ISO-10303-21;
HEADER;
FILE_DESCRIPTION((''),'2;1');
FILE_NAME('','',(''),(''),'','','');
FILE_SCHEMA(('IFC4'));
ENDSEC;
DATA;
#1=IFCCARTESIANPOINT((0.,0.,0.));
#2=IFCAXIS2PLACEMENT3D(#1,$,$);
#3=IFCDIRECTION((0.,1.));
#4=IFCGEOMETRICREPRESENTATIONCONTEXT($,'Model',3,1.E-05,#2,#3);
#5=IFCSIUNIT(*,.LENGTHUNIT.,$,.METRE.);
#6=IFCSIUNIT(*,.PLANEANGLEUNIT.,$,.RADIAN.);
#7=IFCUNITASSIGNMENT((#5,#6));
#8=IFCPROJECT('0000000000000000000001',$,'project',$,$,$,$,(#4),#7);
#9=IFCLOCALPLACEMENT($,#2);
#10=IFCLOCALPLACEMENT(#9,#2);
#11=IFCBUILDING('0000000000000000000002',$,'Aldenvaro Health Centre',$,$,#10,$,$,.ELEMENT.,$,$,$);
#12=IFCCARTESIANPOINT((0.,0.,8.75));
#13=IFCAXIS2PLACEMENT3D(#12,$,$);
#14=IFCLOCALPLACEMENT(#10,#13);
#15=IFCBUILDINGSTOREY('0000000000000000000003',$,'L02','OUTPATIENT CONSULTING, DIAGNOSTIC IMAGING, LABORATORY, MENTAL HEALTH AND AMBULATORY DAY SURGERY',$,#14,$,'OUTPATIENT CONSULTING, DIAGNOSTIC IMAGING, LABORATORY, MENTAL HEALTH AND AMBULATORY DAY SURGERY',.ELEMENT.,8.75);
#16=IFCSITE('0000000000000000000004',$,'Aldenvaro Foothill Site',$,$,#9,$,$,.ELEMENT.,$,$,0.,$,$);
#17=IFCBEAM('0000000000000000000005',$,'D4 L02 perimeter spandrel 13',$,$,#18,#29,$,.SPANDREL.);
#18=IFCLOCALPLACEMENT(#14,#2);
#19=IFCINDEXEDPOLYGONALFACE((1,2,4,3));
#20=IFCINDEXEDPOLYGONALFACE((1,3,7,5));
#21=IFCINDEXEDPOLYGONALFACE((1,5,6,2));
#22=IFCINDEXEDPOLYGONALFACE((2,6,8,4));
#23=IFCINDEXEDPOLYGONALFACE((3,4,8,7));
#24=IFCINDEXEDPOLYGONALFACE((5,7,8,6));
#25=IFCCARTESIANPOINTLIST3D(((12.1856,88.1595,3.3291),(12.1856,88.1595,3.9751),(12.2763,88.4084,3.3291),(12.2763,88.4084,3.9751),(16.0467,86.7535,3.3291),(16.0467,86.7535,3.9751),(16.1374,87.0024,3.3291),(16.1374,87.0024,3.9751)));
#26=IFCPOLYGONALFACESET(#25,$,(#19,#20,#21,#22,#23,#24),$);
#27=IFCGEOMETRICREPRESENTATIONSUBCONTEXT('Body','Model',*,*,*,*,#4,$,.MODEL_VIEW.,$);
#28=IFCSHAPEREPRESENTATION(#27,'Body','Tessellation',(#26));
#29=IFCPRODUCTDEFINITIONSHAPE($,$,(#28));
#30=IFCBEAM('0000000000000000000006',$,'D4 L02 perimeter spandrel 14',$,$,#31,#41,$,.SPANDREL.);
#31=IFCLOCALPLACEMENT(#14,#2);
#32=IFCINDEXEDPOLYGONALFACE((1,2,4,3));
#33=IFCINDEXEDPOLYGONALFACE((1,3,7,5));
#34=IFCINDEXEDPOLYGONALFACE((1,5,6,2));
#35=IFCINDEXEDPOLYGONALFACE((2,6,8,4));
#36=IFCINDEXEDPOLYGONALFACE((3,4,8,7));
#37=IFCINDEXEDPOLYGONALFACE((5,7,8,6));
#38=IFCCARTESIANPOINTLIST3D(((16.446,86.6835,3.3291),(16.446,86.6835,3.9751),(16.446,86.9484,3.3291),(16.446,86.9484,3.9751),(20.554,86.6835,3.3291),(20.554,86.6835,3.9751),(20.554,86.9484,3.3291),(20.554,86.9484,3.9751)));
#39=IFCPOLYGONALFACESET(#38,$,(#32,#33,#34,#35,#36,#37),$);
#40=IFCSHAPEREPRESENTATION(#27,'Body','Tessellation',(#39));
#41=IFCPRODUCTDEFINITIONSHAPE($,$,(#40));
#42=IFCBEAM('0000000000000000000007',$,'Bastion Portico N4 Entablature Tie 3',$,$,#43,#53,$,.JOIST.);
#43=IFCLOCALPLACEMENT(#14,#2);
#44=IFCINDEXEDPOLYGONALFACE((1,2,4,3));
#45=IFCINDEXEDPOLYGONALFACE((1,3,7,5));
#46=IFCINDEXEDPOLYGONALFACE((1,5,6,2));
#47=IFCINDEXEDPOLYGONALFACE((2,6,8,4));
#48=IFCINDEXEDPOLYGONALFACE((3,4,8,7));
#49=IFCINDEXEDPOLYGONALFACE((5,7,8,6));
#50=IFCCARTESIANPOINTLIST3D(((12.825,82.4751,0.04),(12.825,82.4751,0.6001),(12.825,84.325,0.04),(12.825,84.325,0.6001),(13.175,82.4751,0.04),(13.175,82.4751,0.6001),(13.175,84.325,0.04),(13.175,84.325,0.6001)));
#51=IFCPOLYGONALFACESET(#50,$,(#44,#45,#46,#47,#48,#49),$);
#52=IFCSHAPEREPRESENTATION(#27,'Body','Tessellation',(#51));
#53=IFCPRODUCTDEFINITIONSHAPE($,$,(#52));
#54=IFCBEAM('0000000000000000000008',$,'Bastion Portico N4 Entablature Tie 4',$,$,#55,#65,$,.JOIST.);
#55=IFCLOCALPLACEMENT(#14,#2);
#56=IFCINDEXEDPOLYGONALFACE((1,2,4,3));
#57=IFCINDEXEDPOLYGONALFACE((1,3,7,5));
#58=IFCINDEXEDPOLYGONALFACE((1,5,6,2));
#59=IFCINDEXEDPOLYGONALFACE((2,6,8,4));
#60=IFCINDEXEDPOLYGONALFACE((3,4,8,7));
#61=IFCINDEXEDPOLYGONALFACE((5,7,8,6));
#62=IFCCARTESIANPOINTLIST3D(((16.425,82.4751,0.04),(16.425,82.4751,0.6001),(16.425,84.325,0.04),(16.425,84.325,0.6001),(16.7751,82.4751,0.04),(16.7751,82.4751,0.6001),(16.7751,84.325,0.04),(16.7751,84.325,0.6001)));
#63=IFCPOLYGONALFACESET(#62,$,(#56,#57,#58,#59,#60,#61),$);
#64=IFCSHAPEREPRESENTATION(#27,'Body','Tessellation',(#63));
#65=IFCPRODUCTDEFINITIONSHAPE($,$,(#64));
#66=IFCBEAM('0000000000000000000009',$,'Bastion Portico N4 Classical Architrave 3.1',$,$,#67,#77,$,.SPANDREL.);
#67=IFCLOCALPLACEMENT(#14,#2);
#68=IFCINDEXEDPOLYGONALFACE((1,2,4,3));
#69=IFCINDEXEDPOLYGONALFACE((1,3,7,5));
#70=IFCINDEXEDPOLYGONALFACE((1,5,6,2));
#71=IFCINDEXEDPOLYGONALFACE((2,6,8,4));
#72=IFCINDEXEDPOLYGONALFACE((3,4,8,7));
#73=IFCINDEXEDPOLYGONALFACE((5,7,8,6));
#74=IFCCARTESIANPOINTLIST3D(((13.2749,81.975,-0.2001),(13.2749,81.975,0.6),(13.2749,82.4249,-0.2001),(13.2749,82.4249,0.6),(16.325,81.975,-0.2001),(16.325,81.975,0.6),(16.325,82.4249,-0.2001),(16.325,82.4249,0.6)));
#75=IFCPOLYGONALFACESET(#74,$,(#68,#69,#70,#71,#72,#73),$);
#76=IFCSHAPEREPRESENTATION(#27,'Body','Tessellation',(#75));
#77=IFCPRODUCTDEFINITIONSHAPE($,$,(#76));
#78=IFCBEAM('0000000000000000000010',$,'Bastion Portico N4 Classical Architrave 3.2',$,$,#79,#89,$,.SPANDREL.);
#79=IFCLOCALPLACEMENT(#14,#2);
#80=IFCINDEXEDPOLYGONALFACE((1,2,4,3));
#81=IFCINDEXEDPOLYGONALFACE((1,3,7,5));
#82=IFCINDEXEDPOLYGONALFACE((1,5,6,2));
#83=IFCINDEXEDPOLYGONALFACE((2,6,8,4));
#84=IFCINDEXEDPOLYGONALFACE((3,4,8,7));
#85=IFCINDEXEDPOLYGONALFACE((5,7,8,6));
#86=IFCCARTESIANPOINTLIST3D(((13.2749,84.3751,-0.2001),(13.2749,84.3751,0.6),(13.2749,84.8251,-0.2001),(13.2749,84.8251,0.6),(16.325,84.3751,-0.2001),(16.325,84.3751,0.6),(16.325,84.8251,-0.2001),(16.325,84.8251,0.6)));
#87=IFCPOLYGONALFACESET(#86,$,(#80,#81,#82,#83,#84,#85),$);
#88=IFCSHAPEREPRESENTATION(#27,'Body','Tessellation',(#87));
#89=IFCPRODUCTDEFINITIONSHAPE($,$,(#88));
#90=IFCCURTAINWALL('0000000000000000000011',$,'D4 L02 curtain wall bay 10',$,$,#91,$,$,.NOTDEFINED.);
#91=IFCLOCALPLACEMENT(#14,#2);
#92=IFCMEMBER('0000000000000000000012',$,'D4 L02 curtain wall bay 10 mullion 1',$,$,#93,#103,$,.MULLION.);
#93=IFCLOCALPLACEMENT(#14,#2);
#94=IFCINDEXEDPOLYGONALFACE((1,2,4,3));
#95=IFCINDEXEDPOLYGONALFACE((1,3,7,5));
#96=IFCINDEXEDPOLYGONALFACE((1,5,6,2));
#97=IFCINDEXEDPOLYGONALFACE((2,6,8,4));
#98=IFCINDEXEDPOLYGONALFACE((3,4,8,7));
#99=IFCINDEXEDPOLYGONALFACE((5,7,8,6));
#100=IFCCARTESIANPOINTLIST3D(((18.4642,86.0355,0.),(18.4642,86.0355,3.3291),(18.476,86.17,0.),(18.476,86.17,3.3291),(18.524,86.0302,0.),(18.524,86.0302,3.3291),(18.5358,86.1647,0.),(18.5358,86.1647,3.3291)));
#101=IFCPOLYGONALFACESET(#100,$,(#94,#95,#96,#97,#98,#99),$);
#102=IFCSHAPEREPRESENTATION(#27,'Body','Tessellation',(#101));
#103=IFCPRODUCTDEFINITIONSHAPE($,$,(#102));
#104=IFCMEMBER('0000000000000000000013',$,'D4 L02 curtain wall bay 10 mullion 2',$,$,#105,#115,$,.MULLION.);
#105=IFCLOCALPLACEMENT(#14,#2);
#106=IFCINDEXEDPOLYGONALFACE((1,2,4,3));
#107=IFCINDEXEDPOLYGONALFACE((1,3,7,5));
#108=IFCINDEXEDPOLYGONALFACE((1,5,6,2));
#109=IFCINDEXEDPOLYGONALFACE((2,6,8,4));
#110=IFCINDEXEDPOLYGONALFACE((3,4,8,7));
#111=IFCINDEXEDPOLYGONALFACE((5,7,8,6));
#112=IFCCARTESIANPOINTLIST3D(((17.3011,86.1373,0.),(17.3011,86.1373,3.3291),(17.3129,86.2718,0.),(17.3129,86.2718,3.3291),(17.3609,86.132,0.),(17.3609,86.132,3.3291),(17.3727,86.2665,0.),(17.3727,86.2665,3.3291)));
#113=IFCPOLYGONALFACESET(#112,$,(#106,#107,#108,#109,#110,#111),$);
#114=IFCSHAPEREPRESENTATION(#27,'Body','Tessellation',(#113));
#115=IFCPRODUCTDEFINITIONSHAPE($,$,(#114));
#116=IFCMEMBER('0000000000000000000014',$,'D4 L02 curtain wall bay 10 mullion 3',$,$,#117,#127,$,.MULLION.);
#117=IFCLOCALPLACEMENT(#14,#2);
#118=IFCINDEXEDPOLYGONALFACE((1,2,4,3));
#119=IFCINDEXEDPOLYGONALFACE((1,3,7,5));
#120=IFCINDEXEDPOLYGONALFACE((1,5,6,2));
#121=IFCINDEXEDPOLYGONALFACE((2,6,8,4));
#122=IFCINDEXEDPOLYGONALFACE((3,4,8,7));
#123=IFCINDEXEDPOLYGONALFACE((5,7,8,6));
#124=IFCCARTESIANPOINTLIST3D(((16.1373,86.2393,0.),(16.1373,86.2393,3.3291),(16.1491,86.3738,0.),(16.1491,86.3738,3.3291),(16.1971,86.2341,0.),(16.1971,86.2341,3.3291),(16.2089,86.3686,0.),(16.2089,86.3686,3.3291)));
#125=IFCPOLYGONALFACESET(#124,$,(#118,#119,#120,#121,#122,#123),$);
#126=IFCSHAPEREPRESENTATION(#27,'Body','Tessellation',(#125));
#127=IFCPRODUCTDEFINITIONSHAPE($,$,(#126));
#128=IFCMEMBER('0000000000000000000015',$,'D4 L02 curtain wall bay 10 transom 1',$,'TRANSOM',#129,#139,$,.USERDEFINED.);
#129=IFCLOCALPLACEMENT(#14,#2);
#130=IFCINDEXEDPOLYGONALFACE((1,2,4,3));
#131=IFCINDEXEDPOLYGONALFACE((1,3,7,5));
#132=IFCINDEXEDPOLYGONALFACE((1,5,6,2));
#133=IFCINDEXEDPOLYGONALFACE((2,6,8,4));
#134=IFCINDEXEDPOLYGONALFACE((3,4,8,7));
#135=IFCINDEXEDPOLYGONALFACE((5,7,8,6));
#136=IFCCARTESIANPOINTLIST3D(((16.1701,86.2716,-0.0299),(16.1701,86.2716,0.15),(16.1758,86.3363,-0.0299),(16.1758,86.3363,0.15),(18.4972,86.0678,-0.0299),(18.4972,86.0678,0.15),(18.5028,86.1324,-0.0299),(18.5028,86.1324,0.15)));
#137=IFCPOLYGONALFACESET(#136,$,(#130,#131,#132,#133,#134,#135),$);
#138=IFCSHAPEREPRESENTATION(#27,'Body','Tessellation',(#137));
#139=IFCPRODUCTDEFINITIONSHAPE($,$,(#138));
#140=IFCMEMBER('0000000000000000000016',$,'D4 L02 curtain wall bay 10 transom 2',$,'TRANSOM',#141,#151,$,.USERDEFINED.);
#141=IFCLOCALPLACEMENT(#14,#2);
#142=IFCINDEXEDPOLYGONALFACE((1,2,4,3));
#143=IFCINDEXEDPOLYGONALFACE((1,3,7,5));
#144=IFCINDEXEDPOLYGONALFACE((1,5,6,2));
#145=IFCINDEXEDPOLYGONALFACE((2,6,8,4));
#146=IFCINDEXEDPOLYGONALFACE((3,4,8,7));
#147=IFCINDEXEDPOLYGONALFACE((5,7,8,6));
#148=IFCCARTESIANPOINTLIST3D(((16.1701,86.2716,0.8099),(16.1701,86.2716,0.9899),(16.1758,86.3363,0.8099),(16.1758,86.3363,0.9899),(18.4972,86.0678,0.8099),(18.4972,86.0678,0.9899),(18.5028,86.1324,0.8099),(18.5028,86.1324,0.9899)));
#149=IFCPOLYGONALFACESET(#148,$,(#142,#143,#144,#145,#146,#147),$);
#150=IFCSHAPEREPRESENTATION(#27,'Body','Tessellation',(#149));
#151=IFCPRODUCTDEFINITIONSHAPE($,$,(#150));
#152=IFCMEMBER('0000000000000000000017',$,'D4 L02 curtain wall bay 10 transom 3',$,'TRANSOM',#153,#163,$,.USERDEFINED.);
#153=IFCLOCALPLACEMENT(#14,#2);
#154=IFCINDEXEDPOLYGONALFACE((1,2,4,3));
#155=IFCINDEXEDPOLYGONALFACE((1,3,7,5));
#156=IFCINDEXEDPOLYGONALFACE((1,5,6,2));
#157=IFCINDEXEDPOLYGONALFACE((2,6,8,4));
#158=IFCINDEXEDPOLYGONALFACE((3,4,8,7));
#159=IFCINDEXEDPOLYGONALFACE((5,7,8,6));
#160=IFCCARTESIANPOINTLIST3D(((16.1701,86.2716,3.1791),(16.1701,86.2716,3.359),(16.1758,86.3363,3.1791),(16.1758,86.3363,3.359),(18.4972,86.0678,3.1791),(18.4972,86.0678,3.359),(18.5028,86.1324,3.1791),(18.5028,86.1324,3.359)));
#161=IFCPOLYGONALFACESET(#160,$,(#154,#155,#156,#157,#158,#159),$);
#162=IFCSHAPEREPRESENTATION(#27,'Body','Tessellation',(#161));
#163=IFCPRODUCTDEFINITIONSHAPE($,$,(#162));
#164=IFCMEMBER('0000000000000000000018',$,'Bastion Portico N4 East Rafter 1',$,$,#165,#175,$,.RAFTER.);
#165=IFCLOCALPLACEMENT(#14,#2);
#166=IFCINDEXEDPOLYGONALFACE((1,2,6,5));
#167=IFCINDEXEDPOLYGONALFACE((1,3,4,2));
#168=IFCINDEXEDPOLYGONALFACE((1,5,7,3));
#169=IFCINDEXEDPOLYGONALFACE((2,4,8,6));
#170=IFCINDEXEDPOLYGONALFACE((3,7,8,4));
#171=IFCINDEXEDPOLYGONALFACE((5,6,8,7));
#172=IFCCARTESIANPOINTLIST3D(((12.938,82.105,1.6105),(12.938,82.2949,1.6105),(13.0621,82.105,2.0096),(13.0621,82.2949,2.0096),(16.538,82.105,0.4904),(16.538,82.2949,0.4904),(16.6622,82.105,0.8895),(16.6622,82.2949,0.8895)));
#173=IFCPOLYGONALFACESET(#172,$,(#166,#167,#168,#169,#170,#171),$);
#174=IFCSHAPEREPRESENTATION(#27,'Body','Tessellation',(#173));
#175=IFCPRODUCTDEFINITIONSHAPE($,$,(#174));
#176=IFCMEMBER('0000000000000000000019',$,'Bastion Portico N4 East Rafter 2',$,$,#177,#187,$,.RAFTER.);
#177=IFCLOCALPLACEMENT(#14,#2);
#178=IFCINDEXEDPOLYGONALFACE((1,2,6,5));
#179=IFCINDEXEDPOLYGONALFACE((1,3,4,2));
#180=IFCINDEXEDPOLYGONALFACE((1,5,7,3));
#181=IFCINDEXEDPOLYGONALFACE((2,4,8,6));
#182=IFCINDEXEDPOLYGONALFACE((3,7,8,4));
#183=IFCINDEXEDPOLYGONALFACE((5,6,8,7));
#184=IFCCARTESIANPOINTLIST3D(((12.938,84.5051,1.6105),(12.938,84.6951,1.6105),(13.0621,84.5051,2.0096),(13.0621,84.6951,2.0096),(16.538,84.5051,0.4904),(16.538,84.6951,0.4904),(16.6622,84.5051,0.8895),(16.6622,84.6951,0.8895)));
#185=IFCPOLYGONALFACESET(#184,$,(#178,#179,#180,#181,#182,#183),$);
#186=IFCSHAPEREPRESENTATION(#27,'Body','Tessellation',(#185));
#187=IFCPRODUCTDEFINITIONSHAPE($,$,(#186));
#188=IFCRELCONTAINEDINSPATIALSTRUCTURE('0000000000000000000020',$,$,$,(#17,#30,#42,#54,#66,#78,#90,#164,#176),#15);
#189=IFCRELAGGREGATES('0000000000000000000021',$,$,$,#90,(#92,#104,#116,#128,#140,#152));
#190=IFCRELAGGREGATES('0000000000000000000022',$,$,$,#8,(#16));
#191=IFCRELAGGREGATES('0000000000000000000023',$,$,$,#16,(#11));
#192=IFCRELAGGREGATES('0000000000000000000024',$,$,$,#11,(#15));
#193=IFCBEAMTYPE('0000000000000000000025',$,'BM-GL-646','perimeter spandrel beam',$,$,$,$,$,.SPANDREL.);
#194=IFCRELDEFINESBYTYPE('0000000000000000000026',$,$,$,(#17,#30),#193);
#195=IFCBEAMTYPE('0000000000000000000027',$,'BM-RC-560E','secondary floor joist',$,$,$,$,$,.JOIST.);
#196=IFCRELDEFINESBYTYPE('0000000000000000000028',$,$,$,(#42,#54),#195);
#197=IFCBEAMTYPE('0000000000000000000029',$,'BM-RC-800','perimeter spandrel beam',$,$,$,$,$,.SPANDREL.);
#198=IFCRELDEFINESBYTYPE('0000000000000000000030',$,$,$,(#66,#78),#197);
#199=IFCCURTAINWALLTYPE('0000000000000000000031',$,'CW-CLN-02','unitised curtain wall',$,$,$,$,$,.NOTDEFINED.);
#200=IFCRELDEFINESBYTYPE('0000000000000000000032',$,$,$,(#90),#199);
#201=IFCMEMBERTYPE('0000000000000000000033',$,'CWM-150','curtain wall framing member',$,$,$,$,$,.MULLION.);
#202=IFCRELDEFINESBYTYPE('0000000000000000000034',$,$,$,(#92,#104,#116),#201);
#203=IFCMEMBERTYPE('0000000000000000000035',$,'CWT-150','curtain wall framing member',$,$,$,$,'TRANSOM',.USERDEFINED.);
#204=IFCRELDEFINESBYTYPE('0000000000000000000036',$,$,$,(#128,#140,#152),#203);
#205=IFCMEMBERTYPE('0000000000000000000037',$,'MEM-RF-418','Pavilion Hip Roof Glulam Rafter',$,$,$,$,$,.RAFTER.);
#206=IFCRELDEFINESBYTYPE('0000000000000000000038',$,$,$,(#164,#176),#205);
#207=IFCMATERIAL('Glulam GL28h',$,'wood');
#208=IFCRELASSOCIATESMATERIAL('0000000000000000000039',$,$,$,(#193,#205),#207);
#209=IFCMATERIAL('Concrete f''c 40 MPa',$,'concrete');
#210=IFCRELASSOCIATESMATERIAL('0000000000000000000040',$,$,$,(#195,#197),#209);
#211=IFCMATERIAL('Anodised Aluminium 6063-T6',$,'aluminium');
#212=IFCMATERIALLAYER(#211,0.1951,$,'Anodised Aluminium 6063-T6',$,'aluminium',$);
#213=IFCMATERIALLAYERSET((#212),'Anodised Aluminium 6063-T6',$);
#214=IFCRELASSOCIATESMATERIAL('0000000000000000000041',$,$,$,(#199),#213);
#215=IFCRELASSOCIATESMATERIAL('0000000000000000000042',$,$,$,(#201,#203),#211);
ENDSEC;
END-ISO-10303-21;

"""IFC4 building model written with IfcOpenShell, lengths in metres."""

from ifc_helpers import new_model, si_unit, direction, frame, origin, origin_2d, place, context, subcontext, project, spatial, rectangle, extrude, material, layer, layer_set, material_profile, profile_set, type_object, element, aggregate, save


model = new_model("IFC4")

# Units and contexts
model_context = context("Model", 3, precision=1e-05, world=origin(), true_north=direction((0.0, 1.0)))
body_context = subcontext(model_context, "Body", "Model", "MODEL_VIEW")
ifc_project = project(units=[si_unit("LENGTHUNIT", "METRE"), si_unit("PLANEANGLEUNIT", "RADIAN")], contexts=[model_context])

# Site, building, storey
site_placement = place(None, origin())
site = spatial("IfcSite", under=ifc_project, at=site_placement, Name="Aldenvaro Foothill Site", CompositionType="ELEMENT", RefElevation=0.0)
building_placement = place(site_placement, origin())
building = spatial("IfcBuilding", under=site, at=building_placement, Name="Aldenvaro Health Centre", CompositionType="ELEMENT")
storey_placement = place(building_placement, frame((0.0, 0.0, 8.75)))
storey = spatial("IfcBuildingStorey", under=building, at=storey_placement, Name="L02", Description="OUTPATIENT CONSULTING, DIAGNOSTIC IMAGING, LABORATORY, MENTAL HEALTH AND AMBULATORY DAY SURGERY", LongName="OUTPATIENT CONSULTING, DIAGNOSTIC IMAGING, LABORATORY, MENTAL HEALTH AND AMBULATORY DAY SURGERY", CompositionType="ELEMENT", Elevation=8.75)

# Shared definitions
ifc_material_1 = material(Name="Glulam GL28h", Category="wood")
ifc_material_2 = material(Name="Concrete f'c 40 MPa", Category="concrete")

# Beams
ifc_material_profile_1 = material_profile(ifc_material_1, rectangle(XDim=0.2649, YDim=0.646, at=origin_2d()), Name="GL 265x646", Category="wood")
ifc_profile_set_1 = profile_set([ifc_material_profile_1], Name="Glulam GL28h")
beam_type_1 = type_object("IfcBeamType", Name="BM-GL-646", Description="perimeter spandrel beam", PredefinedType="SPANDREL", material=ifc_profile_set_1)
beam_1_placement = place(storey_placement, frame((12.231, 88.2839, 3.6521), z_axis=(0.939639, -0.342168, 0.0), x_axis=(0.342168, 0.939639, 0.0)))
element("IfcBeam", 1, at=beam_1_placement, inside=storey, type_object=beam_type_1, Name="D4 L02 perimeter spandrel 13", PredefinedType="SPANDREL", context=body_context, shape_type="SweptSolid", body=[
    extrude(rectangle(XDim=0.2649, YDim=0.646, at=origin_2d()), origin(), (0.0, 0.0, 1.0), 4.1091),
])
beam_2_placement = place(storey_placement, frame((16.446, 86.8159, 3.6521), z_axis=(1.0, 0.0, 0.0), x_axis=(0.0, 1.0, 0.0)))
element("IfcBeam", 2, at=beam_2_placement, inside=storey, type_object=beam_type_1, Name="D4 L02 perimeter spandrel 14", PredefinedType="SPANDREL", context=body_context, shape_type="SweptSolid", body=[
    extrude(rectangle(XDim=0.2649, YDim=0.646, at=origin_2d()), origin(), (0.0, 0.0, 1.0), 4.1079),
])
ifc_material_profile_2 = material_profile(ifc_material_2, rectangle(XDim=0.3501, YDim=0.5601, at=origin_2d()), Name="RC 350x560", Category="concrete")
ifc_profile_set_2 = profile_set([ifc_material_profile_2], Name="Concrete f'c 40 MPa")
beam_type_2 = type_object("IfcBeamType", Name="BM-RC-560E", Description="secondary floor joist", PredefinedType="JOIST", material=ifc_profile_set_2)
for number, where, z_axis, x_axis, name in (
    (3, (13.0, 82.4751, 0.3201), (0.0, 1.0, 0.0), (-1.0, 0.0, 0.0), "Bastion Portico N4 Entablature Tie 3"),
    (4, (16.6001, 82.4751, 0.3201), (0.0, 1.0, 0.0), (-1.0, 0.0, 0.0), "Bastion Portico N4 Entablature Tie 4"),
):
    element("IfcBeam", number, at=place(storey_placement, frame(where, z_axis=z_axis, x_axis=x_axis)), inside=storey, type_object=beam_type_2, Name=name, PredefinedType="JOIST", context=body_context, shape_type="SweptSolid", body=[
        extrude(rectangle(XDim=0.3501, YDim=0.5601, at=origin_2d()), origin(), (0.0, 0.0, 1.0), 1.8499),
    ])
ifc_material_profile_3 = material_profile(ifc_material_2, rectangle(XDim=0.45, YDim=0.8, at=origin_2d()), Name="RC 450x800", Category="concrete")
ifc_profile_set_3 = profile_set([ifc_material_profile_3], Name="Concrete f'c 40 MPa")
beam_type_3 = type_object("IfcBeamType", Name="BM-RC-800", Description="perimeter spandrel beam", PredefinedType="SPANDREL", material=ifc_profile_set_3)
for number, where, z_axis, x_axis, name in (
    (5, (13.2749, 82.2, 0.2), (1.0, 0.0, 0.0), (0.0, 1.0, 0.0), "Bastion Portico N4 Classical Architrave 3.1"),
    (6, (13.2749, 84.6001, 0.2), (1.0, 0.0, 0.0), (0.0, 1.0, 0.0), "Bastion Portico N4 Classical Architrave 3.2"),
):
    element("IfcBeam", number, at=place(storey_placement, frame(where, z_axis=z_axis, x_axis=x_axis)), inside=storey, type_object=beam_type_3, Name=name, PredefinedType="SPANDREL", context=body_context, shape_type="SweptSolid", body=[
        extrude(rectangle(XDim=0.45, YDim=0.8, at=origin_2d()), origin(), (0.0, 0.0, 1.0), 3.05),
    ])

# Curtain wall, members
ifc_material_3 = material(Name="Anodised Aluminium 6063-T6", Category="aluminium")
ifc_layer_1 = layer(ifc_material_3, 0.1951, Name="Anodised Aluminium 6063-T6", Category="aluminium")
ifc_layer_set_1 = layer_set([ifc_layer_1], Name="Anodised Aluminium 6063-T6")
curtain_wall_type = type_object("IfcCurtainWallType", Name="CW-CLN-02", Description="unitised curtain wall", PredefinedType="NOTDEFINED", material=ifc_layer_set_1)
curtain_wall_placement = place(storey_placement, origin())
curtain_wall = element("IfcCurtainWall", 7, at=curtain_wall_placement, inside=storey, type_object=curtain_wall_type, Name="D4 L02 curtain wall bay 10", PredefinedType="NOTDEFINED")
ifc_material_profile_4 = material_profile(ifc_material_3, rectangle(XDim=0.0601, YDim=0.135, at=origin_2d()), Name="ALU 60x135", Category="aluminium")
ifc_profile_set_4 = profile_set([ifc_material_profile_4], Name="Anodised Aluminium 6063-T6")
member_type_1 = type_object("IfcMemberType", Name="CWM-150", Description="curtain wall framing member", PredefinedType="MULLION", material=ifc_profile_set_4)
member_1_placement = place(storey_placement, frame((18.5, 86.1001, 0.0), z_axis=(0.0, 0.0, 1.0), x_axis=(-0.996179, 0.087332, 0.0)))
member_1 = element("IfcMember", 8, at=member_1_placement, type_object=member_type_1, Name="D4 L02 curtain wall bay 10 mullion 1", PredefinedType="MULLION", context=body_context, shape_type="SweptSolid", body=[
    extrude(rectangle(XDim=0.0601, YDim=0.135, at=origin_2d()), origin(), (0.0, 0.0, 1.0), 3.3291),
])
member_2_placement = place(storey_placement, frame((17.3369, 86.2019, 0.0), z_axis=(0.0, 0.0, 1.0), x_axis=(-0.996179, 0.087332, 0.0)))
member_2 = element("IfcMember", 9, at=member_2_placement, type_object=member_type_1, Name="D4 L02 curtain wall bay 10 mullion 2", PredefinedType="MULLION", context=body_context, shape_type="SweptSolid", body=[
    extrude(rectangle(XDim=0.0601, YDim=0.135, at=origin_2d()), origin(), (0.0, 0.0, 1.0), 3.3291),
])
member_3_placement = place(storey_placement, frame((16.1731, 86.304, 0.0), z_axis=(0.0, 0.0, 1.0), x_axis=(-0.996179, 0.087332, 0.0)))
member_3 = element("IfcMember", 10, at=member_3_placement, type_object=member_type_1, Name="D4 L02 curtain wall bay 10 mullion 3", PredefinedType="MULLION", context=body_context, shape_type="SweptSolid", body=[
    extrude(rectangle(XDim=0.0601, YDim=0.135, at=origin_2d()), origin(), (0.0, 0.0, 1.0), 3.3291),
])
ifc_material_profile_5 = material_profile(ifc_material_3, rectangle(XDim=0.0649, YDim=0.1799, at=origin_2d()), Name="ALU 65x180", Category="aluminium")
ifc_profile_set_5 = profile_set([ifc_material_profile_5], Name="Anodised Aluminium 6063-T6")
member_type_2 = type_object("IfcMemberType", Name="CWT-150", Description="curtain wall framing member", ElementType="TRANSOM", PredefinedType="USERDEFINED", material=ifc_profile_set_5)
member_4_placement = place(storey_placement, frame((18.5, 86.1001, 0.0601), z_axis=(-0.996184, 0.087275, 0.0), x_axis=(-0.087275, -0.996184, 0.0)))
member_4 = element("IfcMember", 11, at=member_4_placement, type_object=member_type_2, Name="D4 L02 curtain wall bay 10 transom 1", ObjectType="TRANSOM", PredefinedType="USERDEFINED", context=body_context, shape_type="SweptSolid", body=[
    extrude(rectangle(XDim=0.0649, YDim=0.1799, at=origin_2d()), origin(), (0.0, 0.0, 1.0), 2.3359),
])
member_5_placement = place(storey_placement, frame((18.5, 86.1001, 0.8999), z_axis=(-0.996184, 0.087275, 0.0), x_axis=(-0.087275, -0.996184, 0.0)))
member_5 = element("IfcMember", 12, at=member_5_placement, type_object=member_type_2, Name="D4 L02 curtain wall bay 10 transom 2", ObjectType="TRANSOM", PredefinedType="USERDEFINED", context=body_context, shape_type="SweptSolid", body=[
    extrude(rectangle(XDim=0.0649, YDim=0.1799, at=origin_2d()), origin(), (0.0, 0.0, 1.0), 2.3359),
])
member_6_placement = place(storey_placement, frame((18.5, 86.1001, 3.269), z_axis=(-0.996184, 0.087275, 0.0), x_axis=(-0.087275, -0.996184, 0.0)))
member_6 = element("IfcMember", 13, at=member_6_placement, type_object=member_type_2, Name="D4 L02 curtain wall bay 10 transom 3", ObjectType="TRANSOM", PredefinedType="USERDEFINED", context=body_context, shape_type="SweptSolid", body=[
    extrude(rectangle(XDim=0.0649, YDim=0.1799, at=origin_2d()), origin(), (0.0, 0.0, 1.0), 2.3359),
])

# Members
ifc_material_profile_6 = material_profile(ifc_material_1, rectangle(XDim=0.1899, YDim=0.418, at=origin_2d()), Name="GL 190x418", Category="wood")
ifc_profile_set_6 = profile_set([ifc_material_profile_6], Name="Glulam GL28h")
member_type_3 = type_object("IfcMemberType", Name="MEM-RF-418", Description="Pavilion Hip Roof Glulam Rafter", PredefinedType="RAFTER", material=ifc_profile_set_6)
for number, where, z_axis, x_axis, name in (
    (14, (16.6001, 82.2, 0.6899), (-0.95485, 0.0, 0.297088), (0.0, -1.0, 0.0), "Bastion Portico N4 East Rafter 1"),
    (15, (16.6001, 84.6001, 0.6899), (-0.95485, 0.0, 0.297088), (0.0, -1.0, 0.0), "Bastion Portico N4 East Rafter 2"),
):
    element("IfcMember", number, at=place(storey_placement, frame(where, z_axis=z_axis, x_axis=x_axis)), inside=storey, type_object=member_type_3, Name=name, PredefinedType="RAFTER", context=body_context, shape_type="SweptSolid", body=[
        extrude(rectangle(XDim=0.1899, YDim=0.418, at=origin_2d()), origin(), (0.0, 0.0, 1.0), 3.7703),
    ])

aggregate(curtain_wall, [member_1, member_2, member_3, member_4, member_5, member_6])

save(model, "model.ifc")
